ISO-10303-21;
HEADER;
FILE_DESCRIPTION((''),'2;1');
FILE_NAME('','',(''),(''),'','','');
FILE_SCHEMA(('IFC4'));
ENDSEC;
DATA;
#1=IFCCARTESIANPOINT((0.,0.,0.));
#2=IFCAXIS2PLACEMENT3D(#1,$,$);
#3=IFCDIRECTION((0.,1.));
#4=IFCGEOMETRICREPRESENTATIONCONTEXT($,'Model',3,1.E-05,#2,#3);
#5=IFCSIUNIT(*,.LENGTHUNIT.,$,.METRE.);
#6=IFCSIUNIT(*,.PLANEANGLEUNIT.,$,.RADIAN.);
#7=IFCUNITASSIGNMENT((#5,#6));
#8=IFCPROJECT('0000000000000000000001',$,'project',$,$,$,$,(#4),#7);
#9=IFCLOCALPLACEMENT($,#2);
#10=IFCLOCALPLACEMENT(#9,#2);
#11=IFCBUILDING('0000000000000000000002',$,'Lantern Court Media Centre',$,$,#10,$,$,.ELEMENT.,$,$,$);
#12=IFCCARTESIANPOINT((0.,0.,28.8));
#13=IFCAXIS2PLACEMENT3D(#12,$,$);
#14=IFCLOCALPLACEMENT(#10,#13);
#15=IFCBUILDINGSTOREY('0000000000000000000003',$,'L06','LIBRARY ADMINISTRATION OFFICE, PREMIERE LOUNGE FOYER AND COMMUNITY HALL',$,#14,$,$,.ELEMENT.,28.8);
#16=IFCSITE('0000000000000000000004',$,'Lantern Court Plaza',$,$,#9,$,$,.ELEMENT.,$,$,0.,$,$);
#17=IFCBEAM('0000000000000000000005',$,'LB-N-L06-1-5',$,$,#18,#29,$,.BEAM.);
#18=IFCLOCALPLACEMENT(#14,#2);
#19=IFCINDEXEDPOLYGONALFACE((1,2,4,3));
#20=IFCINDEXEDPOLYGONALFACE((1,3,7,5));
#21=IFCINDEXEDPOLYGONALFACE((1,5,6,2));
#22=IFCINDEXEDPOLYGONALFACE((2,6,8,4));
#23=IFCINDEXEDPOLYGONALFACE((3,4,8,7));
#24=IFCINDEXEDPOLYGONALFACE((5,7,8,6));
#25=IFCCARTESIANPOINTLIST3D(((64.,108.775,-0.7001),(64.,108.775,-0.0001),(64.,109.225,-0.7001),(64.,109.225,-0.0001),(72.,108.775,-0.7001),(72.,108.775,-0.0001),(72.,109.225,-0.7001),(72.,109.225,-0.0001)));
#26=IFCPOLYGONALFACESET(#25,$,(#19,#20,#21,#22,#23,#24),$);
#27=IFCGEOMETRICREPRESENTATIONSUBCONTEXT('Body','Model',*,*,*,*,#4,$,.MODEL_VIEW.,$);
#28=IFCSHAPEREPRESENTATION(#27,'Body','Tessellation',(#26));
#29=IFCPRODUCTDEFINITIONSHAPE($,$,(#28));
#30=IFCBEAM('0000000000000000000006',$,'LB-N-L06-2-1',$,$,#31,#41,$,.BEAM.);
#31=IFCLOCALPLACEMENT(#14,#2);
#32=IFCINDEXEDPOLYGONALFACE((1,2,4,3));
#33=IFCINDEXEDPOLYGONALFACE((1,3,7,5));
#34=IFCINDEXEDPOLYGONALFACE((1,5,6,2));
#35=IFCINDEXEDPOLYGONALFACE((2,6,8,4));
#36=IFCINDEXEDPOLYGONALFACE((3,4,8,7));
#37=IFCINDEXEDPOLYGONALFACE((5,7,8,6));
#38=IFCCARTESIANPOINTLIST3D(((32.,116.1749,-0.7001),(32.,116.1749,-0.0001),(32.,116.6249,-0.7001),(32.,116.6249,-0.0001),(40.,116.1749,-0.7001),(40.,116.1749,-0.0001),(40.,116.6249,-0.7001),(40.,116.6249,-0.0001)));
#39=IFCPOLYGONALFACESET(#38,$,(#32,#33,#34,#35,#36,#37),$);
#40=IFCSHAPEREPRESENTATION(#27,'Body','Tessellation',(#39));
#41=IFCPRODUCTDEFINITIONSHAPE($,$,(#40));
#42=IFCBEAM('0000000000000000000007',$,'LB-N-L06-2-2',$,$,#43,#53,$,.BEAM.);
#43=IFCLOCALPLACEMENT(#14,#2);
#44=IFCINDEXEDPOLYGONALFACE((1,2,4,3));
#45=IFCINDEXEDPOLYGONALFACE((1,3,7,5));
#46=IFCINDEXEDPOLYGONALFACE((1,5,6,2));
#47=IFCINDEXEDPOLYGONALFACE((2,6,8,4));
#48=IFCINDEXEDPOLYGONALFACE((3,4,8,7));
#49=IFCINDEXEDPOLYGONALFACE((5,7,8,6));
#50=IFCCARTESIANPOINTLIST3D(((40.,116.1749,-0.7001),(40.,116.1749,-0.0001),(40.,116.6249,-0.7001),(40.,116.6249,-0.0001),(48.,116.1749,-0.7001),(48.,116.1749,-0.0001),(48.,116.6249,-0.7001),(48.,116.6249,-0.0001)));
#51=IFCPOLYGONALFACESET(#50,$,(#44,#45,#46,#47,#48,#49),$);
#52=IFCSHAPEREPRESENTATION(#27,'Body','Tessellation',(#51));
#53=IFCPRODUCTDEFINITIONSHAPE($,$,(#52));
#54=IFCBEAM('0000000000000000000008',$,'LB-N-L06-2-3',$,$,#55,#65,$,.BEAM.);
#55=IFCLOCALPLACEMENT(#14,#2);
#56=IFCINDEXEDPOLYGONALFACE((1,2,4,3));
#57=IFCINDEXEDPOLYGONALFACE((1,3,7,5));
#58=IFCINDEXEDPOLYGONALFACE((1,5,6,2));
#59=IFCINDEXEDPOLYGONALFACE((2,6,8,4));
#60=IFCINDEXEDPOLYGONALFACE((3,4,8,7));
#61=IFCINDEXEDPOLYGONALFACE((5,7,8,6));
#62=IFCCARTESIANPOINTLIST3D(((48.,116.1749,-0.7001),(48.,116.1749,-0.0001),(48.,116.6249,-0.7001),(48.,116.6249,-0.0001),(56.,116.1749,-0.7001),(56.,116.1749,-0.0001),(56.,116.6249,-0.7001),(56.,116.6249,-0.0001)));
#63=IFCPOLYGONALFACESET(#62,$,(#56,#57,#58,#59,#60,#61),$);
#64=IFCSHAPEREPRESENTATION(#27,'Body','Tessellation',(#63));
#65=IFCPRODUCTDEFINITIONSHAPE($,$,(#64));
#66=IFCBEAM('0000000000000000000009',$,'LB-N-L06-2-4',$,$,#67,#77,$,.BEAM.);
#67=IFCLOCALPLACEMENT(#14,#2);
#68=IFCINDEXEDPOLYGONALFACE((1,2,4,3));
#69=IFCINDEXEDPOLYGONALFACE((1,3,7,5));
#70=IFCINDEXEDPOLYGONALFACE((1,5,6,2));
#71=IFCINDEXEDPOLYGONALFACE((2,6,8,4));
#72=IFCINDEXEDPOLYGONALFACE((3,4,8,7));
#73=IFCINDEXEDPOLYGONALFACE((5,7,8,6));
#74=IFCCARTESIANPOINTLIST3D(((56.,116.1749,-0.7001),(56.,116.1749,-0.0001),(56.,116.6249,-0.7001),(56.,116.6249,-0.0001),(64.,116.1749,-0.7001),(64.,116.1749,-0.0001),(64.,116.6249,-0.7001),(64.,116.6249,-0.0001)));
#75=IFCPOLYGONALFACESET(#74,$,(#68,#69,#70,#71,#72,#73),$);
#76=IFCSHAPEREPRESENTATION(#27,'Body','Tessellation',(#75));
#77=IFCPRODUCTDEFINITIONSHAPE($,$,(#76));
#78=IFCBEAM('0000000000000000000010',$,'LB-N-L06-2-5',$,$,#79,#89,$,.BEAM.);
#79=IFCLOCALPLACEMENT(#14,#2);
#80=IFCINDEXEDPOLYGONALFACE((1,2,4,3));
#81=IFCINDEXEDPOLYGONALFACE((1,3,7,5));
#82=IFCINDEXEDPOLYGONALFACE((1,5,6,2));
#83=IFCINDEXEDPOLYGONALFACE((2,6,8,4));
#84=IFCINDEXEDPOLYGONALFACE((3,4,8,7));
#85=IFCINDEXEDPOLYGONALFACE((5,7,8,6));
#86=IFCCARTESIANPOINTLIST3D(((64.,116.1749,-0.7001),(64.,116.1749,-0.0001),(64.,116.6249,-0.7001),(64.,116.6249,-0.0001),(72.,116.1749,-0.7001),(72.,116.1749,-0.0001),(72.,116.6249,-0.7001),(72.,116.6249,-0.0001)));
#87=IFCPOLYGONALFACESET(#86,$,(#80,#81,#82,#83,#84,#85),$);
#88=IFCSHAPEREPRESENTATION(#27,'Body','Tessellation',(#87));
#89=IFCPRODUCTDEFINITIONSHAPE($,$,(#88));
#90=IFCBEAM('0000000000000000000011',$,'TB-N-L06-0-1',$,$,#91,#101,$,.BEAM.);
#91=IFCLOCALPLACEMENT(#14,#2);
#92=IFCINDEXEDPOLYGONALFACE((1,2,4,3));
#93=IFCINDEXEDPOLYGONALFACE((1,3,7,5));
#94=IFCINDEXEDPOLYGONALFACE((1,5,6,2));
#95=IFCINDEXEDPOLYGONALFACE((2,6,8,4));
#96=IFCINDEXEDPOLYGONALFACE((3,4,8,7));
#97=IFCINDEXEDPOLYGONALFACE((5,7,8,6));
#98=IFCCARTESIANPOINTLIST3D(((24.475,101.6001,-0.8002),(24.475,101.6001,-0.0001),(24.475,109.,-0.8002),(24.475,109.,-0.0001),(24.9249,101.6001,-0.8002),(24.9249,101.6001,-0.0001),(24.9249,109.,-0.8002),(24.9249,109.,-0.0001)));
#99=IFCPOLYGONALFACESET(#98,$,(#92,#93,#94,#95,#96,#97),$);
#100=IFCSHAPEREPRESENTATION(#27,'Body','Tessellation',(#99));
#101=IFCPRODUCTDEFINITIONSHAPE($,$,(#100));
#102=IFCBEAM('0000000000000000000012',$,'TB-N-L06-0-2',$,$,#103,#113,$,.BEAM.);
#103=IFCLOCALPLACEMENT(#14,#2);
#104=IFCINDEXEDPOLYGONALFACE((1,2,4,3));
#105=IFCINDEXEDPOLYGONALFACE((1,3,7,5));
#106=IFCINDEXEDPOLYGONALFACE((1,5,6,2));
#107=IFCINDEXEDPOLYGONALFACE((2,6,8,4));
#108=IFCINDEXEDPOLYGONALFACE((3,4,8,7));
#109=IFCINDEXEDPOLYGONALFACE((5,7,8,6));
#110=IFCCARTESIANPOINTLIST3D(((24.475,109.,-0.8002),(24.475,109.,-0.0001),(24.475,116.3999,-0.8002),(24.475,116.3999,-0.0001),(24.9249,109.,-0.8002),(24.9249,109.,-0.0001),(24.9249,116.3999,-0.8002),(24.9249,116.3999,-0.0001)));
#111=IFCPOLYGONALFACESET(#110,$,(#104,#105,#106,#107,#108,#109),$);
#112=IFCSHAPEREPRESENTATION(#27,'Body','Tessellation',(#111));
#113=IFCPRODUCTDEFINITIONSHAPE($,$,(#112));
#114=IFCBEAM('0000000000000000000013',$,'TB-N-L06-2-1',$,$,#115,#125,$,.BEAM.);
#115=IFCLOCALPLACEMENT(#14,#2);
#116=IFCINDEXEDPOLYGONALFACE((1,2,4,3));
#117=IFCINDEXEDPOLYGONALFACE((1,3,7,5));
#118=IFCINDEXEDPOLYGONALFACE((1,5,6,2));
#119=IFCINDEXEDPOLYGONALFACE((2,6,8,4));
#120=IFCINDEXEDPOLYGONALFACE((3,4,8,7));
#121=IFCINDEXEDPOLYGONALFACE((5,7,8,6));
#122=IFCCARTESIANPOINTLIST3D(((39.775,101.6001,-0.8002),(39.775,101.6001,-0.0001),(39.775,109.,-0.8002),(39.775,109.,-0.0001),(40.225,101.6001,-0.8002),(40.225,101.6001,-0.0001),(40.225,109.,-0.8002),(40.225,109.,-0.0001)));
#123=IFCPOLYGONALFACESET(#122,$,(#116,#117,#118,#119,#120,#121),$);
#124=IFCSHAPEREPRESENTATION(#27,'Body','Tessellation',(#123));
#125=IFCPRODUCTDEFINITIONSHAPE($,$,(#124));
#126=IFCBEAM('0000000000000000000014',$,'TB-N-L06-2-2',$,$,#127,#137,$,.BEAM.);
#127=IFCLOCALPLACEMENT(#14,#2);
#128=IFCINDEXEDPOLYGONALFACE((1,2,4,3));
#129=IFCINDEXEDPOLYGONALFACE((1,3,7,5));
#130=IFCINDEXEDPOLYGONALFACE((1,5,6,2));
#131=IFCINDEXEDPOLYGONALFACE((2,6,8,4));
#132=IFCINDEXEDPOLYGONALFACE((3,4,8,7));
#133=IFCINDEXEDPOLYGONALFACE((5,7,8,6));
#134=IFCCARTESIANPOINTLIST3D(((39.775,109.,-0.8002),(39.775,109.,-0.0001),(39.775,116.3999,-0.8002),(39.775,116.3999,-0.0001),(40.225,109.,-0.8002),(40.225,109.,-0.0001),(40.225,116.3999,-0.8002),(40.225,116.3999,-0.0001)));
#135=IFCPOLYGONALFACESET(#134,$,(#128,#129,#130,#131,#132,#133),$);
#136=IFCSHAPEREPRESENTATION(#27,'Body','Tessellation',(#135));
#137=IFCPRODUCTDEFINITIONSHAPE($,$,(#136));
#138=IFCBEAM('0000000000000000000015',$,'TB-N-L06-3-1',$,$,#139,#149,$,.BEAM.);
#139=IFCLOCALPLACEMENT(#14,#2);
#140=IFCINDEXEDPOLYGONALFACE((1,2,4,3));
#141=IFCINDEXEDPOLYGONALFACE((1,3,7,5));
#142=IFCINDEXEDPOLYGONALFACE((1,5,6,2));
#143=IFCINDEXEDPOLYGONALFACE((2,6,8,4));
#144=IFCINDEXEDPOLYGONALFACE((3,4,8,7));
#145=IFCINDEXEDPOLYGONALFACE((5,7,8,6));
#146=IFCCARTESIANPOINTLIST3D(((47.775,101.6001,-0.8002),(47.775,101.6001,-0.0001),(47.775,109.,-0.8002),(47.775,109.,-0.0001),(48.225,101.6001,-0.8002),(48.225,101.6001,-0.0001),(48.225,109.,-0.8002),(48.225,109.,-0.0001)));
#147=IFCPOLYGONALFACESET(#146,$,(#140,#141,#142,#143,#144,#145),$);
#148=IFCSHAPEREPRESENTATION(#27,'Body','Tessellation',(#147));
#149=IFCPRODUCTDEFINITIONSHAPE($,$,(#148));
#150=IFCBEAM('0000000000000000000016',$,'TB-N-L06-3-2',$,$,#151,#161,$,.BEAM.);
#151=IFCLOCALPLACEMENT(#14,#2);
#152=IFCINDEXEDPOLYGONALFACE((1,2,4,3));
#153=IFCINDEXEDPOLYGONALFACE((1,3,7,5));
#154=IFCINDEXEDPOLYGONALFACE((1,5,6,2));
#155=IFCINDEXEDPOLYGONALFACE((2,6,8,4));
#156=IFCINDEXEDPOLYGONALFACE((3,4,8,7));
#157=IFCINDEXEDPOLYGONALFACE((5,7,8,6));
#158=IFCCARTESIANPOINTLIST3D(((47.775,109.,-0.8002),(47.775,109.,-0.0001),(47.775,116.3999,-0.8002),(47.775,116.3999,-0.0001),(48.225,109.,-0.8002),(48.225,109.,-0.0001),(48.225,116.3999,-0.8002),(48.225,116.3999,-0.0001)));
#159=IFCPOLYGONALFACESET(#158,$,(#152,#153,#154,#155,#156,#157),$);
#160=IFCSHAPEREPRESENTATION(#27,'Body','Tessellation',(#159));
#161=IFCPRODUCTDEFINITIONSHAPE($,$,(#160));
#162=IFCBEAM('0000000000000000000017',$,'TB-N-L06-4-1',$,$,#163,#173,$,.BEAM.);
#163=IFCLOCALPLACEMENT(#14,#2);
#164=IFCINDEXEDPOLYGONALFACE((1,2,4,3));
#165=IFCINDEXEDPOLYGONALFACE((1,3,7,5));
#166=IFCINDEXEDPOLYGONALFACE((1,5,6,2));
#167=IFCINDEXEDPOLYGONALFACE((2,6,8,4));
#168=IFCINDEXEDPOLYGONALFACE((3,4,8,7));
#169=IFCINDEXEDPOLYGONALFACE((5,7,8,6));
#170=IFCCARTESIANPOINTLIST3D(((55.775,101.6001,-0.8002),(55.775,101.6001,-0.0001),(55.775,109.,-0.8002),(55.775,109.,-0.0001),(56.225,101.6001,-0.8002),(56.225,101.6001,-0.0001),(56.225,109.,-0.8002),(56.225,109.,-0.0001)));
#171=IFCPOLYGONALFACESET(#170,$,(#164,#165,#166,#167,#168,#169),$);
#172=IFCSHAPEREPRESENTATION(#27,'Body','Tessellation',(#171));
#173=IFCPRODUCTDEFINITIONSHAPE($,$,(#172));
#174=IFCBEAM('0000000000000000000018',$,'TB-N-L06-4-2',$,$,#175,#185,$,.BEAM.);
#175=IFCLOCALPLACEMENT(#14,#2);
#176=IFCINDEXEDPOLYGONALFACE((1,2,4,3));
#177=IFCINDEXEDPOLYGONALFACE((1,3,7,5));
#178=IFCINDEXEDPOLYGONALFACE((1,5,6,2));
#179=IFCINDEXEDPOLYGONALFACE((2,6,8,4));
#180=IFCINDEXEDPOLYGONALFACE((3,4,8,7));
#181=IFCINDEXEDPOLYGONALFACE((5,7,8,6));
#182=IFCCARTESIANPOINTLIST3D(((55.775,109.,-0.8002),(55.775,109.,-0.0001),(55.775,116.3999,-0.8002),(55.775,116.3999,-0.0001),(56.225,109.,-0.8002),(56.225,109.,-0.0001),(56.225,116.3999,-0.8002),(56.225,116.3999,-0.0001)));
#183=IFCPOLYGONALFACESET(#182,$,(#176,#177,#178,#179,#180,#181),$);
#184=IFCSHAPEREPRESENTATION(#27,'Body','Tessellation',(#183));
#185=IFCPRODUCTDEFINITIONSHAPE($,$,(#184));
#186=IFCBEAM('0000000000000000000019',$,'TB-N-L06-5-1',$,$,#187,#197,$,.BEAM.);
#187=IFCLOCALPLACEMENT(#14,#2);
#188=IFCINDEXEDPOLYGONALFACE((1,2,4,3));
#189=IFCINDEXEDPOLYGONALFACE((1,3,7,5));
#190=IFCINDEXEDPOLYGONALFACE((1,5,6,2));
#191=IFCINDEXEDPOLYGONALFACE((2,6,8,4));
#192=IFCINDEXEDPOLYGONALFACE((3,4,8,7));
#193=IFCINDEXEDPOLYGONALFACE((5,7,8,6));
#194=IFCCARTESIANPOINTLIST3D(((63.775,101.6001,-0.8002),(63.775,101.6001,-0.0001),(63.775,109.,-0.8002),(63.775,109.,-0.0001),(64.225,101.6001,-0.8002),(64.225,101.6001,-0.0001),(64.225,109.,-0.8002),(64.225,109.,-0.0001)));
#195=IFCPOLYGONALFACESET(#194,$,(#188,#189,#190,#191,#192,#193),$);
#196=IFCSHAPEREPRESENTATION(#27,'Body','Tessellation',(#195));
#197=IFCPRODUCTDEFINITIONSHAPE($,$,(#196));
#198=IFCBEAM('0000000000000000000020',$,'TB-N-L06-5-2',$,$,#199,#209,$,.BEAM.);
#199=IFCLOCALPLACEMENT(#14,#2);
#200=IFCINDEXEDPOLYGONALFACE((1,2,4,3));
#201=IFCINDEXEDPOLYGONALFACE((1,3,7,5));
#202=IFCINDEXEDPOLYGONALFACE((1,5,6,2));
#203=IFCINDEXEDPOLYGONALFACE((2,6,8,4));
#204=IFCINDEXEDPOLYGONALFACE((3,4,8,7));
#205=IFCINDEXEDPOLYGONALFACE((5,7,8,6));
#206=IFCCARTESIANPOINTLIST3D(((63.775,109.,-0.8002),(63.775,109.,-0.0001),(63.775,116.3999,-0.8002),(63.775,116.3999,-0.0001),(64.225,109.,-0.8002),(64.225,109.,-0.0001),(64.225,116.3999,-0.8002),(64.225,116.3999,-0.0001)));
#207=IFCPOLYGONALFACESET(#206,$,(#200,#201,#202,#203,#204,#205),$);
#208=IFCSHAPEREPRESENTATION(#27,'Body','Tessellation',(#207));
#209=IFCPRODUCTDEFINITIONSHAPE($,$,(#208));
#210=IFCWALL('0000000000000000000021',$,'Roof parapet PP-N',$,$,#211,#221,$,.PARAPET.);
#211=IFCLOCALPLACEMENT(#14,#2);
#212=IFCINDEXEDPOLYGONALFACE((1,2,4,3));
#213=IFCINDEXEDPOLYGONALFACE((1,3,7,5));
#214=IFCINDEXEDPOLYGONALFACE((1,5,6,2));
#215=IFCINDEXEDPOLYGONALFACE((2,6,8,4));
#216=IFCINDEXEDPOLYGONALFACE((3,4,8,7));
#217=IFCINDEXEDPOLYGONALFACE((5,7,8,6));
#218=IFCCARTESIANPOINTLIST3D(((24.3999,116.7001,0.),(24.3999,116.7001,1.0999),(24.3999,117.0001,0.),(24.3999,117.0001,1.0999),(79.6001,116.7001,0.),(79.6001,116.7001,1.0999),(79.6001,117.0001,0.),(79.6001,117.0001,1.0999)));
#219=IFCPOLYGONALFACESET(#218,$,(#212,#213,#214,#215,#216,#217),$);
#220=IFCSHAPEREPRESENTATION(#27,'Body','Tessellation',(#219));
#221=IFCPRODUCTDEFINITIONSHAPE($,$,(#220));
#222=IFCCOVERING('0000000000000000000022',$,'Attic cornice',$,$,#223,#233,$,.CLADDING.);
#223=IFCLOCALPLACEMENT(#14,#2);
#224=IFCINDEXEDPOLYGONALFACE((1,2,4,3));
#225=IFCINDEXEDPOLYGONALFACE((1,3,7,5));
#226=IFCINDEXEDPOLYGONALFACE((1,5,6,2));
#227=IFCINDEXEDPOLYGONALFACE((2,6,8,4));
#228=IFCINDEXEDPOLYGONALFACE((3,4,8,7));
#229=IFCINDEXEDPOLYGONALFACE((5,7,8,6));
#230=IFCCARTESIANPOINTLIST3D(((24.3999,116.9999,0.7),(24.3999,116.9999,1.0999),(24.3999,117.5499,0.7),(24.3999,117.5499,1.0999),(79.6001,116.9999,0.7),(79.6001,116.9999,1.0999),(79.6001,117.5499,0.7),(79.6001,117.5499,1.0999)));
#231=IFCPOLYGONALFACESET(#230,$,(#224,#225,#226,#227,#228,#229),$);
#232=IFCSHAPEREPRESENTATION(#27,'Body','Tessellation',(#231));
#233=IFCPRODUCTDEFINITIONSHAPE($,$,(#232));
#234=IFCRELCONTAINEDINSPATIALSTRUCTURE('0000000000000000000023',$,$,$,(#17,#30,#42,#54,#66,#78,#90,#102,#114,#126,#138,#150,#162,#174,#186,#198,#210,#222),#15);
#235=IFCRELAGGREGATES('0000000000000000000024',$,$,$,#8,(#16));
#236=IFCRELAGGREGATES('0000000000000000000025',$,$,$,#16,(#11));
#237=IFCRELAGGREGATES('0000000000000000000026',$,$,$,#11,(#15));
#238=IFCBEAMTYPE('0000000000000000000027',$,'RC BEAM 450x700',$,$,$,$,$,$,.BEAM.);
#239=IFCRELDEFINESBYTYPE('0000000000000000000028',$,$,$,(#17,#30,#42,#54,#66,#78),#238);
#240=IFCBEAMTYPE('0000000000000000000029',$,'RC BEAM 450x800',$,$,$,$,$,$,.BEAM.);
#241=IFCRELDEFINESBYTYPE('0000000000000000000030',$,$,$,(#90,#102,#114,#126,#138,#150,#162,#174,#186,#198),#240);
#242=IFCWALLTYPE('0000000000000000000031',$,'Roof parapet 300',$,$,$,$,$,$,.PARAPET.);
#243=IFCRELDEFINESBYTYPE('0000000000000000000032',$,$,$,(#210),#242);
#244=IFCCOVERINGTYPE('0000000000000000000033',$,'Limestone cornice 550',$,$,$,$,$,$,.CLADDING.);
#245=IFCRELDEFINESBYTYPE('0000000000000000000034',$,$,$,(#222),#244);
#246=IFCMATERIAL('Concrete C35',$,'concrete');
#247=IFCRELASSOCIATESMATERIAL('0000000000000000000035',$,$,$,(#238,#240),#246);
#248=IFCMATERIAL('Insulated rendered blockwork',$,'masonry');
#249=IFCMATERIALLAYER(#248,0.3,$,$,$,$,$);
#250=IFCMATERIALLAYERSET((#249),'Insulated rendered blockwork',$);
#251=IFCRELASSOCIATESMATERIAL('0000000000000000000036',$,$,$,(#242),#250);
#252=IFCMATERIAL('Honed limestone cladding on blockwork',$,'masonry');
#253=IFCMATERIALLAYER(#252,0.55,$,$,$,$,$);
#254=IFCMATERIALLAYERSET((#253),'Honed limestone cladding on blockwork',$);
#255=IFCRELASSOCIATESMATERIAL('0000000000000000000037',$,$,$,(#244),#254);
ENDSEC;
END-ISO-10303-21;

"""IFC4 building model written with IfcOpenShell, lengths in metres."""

from ifc_helpers import new_model, si_unit, direction, frame, frame_2d, origin, origin_2d, place, context, subcontext, project, spatial, rectangle, extrude, material, layer, layer_set, material_profile, profile_set, type_object, element, save


model = new_model("IFC4")

# Units and contexts
model_context = context("Model", 3, precision=1e-05, world=origin(), true_north=direction((0.0, 1.0)))
body_context = subcontext(model_context, "Body", "Model", "MODEL_VIEW")
ifc_project = project(units=[si_unit("LENGTHUNIT", "METRE"), si_unit("PLANEANGLEUNIT", "RADIAN")], contexts=[model_context])

# Site, building, storey
site_placement = place(None, origin())
site = spatial("IfcSite", under=ifc_project, at=site_placement, Name="Lantern Court Plaza", CompositionType="ELEMENT", RefElevation=0.0)
building_placement = place(site_placement, origin())
building = spatial("IfcBuilding", under=site, at=building_placement, Name="Lantern Court Media Centre", CompositionType="ELEMENT")
storey_placement = place(building_placement, frame((0.0, 0.0, 28.8)))
storey = spatial("IfcBuildingStorey", under=building, at=storey_placement, Name="L06", Description="LIBRARY ADMINISTRATION OFFICE, PREMIERE LOUNGE FOYER AND COMMUNITY HALL", CompositionType="ELEMENT", Elevation=28.8)

# Beams
ifc_material_1 = material(Name="Concrete C35", Category="concrete")
ifc_material_profile_1 = material_profile(ifc_material_1, rectangle(XDim=0.45, YDim=0.7, at=origin_2d()), Name="RC 450x700")
ifc_profile_set_1 = profile_set([ifc_material_profile_1], Name="Concrete C35")
beam_type_1 = type_object("IfcBeamType", Name="RC BEAM 450x700", PredefinedType="BEAM", material=ifc_profile_set_1)
for number, where, z_axis, x_axis, name in (
    (1, (64.0, 109.0, -0.3501), (1.0, 0.0, 0.0), (0.0, 1.0, 0.0), "LB-N-L06-1-5"),
    (2, (32.0, 116.3999, -0.3501), (1.0, 0.0, 0.0), (0.0, 1.0, 0.0), "LB-N-L06-2-1"),
    (3, (40.0, 116.3999, -0.3501), (1.0, 0.0, 0.0), (0.0, 1.0, 0.0), "LB-N-L06-2-2"),
    (4, (48.0, 116.3999, -0.3501), (1.0, 0.0, 0.0), (0.0, 1.0, 0.0), "LB-N-L06-2-3"),
    (5, (56.0, 116.3999, -0.3501), (1.0, 0.0, 0.0), (0.0, 1.0, 0.0), "LB-N-L06-2-4"),
    (6, (64.0, 116.3999, -0.3501), (1.0, 0.0, 0.0), (0.0, 1.0, 0.0), "LB-N-L06-2-5"),
):
    element("IfcBeam", number, at=place(storey_placement, frame(where, z_axis=z_axis, x_axis=x_axis)), inside=storey, type_object=beam_type_1, Name=name, PredefinedType="BEAM", context=body_context, shape_type="SweptSolid", body=[
        extrude(rectangle(XDim=0.45, YDim=0.7, at=origin_2d()), origin(), (0.0, 0.0, 1.0), 8.0),
    ])
ifc_material_profile_2 = material_profile(ifc_material_1, rectangle(XDim=0.45, YDim=0.8, at=origin_2d()), Name="RC 450x800")
ifc_profile_set_2 = profile_set([ifc_material_profile_2], Name="Concrete C35")
beam_type_2 = type_object("IfcBeamType", Name="RC BEAM 450x800", PredefinedType="BEAM", material=ifc_profile_set_2)
for number, where, z_axis, x_axis, name in (
    (7, (24.7, 101.6001, -0.4001), (0.0, 1.0, 0.0), (-1.0, 0.0, 0.0), "TB-N-L06-0-1"),
    (8, (24.7, 109.0, -0.4001), (0.0, 1.0, 0.0), (-1.0, 0.0, 0.0), "TB-N-L06-0-2"),
    (9, (40.0, 101.6001, -0.4001), (0.0, 1.0, 0.0), (-1.0, 0.0, 0.0), "TB-N-L06-2-1"),
    (10, (40.0, 109.0, -0.4001), (0.0, 1.0, 0.0), (-1.0, 0.0, 0.0), "TB-N-L06-2-2"),
    (11, (48.0, 101.6001, -0.4001), (0.0, 1.0, 0.0), (-1.0, 0.0, 0.0), "TB-N-L06-3-1"),
    (12, (48.0, 109.0, -0.4001), (0.0, 1.0, 0.0), (-1.0, 0.0, 0.0), "TB-N-L06-3-2"),
    (13, (56.0, 101.6001, -0.4001), (0.0, 1.0, 0.0), (-1.0, 0.0, 0.0), "TB-N-L06-4-1"),
    (14, (56.0, 109.0, -0.4001), (0.0, 1.0, 0.0), (-1.0, 0.0, 0.0), "TB-N-L06-4-2"),
    (15, (64.0, 101.6001, -0.4001), (0.0, 1.0, 0.0), (-1.0, 0.0, 0.0), "TB-N-L06-5-1"),
    (16, (64.0, 109.0, -0.4001), (0.0, 1.0, 0.0), (-1.0, 0.0, 0.0), "TB-N-L06-5-2"),
):
    element("IfcBeam", number, at=place(storey_placement, frame(where, z_axis=z_axis, x_axis=x_axis)), inside=storey, type_object=beam_type_2, Name=name, PredefinedType="BEAM", context=body_context, shape_type="SweptSolid", body=[
        extrude(rectangle(XDim=0.45, YDim=0.8, at=origin_2d()), origin(), (0.0, 0.0, 1.0), 7.3999),
    ])

# Wall
ifc_material_2 = material(Name="Insulated rendered blockwork", Category="masonry")
ifc_layer_1 = layer(ifc_material_2, 0.3)
ifc_layer_set_1 = layer_set([ifc_layer_1], Name="Insulated rendered blockwork")
wall_type = type_object("IfcWallType", Name="Roof parapet 300", PredefinedType="PARAPET", material=ifc_layer_set_1)
wall_placement = place(storey_placement, frame((24.3999, 116.8501, 0.0), z_axis=(0.0, 0.0, 1.0), x_axis=(1.0, 0.0, 0.0)))
element("IfcWall", 17, at=wall_placement, inside=storey, type_object=wall_type, Name="Roof parapet PP-N", PredefinedType="PARAPET", context=body_context, shape_type="SweptSolid", body=[
    extrude(rectangle(XDim=55.2002, YDim=0.3, at=frame_2d((27.6001, 0.0))), origin(), (0.0, 0.0, 1.0), 1.0999),
])

# Covering
ifc_material_3 = material(Name="Honed limestone cladding on blockwork", Category="masonry")
ifc_layer_2 = layer(ifc_material_3, 0.55)
ifc_layer_set_2 = layer_set([ifc_layer_2], Name="Honed limestone cladding on blockwork")
covering_type_1 = type_object("IfcCoveringType", Name="Limestone cornice 550", PredefinedType="CLADDING", material=ifc_layer_set_2)
covering_1_placement = place(storey_placement, frame((24.3999, 117.2749, 0.7), z_axis=(0.0, 0.0, 1.0), x_axis=(1.0, 0.0, 0.0)))
element("IfcCovering", 18, at=covering_1_placement, inside=storey, type_object=covering_type_1, Name="Attic cornice", PredefinedType="CLADDING", context=body_context, shape_type="SweptSolid", body=[
    extrude(rectangle(XDim=55.2002, YDim=0.55, at=frame_2d((27.6001, 0.0))), origin(), (0.0, 0.0, 1.0), 0.3999),
])

save(model, "model.ifc")
